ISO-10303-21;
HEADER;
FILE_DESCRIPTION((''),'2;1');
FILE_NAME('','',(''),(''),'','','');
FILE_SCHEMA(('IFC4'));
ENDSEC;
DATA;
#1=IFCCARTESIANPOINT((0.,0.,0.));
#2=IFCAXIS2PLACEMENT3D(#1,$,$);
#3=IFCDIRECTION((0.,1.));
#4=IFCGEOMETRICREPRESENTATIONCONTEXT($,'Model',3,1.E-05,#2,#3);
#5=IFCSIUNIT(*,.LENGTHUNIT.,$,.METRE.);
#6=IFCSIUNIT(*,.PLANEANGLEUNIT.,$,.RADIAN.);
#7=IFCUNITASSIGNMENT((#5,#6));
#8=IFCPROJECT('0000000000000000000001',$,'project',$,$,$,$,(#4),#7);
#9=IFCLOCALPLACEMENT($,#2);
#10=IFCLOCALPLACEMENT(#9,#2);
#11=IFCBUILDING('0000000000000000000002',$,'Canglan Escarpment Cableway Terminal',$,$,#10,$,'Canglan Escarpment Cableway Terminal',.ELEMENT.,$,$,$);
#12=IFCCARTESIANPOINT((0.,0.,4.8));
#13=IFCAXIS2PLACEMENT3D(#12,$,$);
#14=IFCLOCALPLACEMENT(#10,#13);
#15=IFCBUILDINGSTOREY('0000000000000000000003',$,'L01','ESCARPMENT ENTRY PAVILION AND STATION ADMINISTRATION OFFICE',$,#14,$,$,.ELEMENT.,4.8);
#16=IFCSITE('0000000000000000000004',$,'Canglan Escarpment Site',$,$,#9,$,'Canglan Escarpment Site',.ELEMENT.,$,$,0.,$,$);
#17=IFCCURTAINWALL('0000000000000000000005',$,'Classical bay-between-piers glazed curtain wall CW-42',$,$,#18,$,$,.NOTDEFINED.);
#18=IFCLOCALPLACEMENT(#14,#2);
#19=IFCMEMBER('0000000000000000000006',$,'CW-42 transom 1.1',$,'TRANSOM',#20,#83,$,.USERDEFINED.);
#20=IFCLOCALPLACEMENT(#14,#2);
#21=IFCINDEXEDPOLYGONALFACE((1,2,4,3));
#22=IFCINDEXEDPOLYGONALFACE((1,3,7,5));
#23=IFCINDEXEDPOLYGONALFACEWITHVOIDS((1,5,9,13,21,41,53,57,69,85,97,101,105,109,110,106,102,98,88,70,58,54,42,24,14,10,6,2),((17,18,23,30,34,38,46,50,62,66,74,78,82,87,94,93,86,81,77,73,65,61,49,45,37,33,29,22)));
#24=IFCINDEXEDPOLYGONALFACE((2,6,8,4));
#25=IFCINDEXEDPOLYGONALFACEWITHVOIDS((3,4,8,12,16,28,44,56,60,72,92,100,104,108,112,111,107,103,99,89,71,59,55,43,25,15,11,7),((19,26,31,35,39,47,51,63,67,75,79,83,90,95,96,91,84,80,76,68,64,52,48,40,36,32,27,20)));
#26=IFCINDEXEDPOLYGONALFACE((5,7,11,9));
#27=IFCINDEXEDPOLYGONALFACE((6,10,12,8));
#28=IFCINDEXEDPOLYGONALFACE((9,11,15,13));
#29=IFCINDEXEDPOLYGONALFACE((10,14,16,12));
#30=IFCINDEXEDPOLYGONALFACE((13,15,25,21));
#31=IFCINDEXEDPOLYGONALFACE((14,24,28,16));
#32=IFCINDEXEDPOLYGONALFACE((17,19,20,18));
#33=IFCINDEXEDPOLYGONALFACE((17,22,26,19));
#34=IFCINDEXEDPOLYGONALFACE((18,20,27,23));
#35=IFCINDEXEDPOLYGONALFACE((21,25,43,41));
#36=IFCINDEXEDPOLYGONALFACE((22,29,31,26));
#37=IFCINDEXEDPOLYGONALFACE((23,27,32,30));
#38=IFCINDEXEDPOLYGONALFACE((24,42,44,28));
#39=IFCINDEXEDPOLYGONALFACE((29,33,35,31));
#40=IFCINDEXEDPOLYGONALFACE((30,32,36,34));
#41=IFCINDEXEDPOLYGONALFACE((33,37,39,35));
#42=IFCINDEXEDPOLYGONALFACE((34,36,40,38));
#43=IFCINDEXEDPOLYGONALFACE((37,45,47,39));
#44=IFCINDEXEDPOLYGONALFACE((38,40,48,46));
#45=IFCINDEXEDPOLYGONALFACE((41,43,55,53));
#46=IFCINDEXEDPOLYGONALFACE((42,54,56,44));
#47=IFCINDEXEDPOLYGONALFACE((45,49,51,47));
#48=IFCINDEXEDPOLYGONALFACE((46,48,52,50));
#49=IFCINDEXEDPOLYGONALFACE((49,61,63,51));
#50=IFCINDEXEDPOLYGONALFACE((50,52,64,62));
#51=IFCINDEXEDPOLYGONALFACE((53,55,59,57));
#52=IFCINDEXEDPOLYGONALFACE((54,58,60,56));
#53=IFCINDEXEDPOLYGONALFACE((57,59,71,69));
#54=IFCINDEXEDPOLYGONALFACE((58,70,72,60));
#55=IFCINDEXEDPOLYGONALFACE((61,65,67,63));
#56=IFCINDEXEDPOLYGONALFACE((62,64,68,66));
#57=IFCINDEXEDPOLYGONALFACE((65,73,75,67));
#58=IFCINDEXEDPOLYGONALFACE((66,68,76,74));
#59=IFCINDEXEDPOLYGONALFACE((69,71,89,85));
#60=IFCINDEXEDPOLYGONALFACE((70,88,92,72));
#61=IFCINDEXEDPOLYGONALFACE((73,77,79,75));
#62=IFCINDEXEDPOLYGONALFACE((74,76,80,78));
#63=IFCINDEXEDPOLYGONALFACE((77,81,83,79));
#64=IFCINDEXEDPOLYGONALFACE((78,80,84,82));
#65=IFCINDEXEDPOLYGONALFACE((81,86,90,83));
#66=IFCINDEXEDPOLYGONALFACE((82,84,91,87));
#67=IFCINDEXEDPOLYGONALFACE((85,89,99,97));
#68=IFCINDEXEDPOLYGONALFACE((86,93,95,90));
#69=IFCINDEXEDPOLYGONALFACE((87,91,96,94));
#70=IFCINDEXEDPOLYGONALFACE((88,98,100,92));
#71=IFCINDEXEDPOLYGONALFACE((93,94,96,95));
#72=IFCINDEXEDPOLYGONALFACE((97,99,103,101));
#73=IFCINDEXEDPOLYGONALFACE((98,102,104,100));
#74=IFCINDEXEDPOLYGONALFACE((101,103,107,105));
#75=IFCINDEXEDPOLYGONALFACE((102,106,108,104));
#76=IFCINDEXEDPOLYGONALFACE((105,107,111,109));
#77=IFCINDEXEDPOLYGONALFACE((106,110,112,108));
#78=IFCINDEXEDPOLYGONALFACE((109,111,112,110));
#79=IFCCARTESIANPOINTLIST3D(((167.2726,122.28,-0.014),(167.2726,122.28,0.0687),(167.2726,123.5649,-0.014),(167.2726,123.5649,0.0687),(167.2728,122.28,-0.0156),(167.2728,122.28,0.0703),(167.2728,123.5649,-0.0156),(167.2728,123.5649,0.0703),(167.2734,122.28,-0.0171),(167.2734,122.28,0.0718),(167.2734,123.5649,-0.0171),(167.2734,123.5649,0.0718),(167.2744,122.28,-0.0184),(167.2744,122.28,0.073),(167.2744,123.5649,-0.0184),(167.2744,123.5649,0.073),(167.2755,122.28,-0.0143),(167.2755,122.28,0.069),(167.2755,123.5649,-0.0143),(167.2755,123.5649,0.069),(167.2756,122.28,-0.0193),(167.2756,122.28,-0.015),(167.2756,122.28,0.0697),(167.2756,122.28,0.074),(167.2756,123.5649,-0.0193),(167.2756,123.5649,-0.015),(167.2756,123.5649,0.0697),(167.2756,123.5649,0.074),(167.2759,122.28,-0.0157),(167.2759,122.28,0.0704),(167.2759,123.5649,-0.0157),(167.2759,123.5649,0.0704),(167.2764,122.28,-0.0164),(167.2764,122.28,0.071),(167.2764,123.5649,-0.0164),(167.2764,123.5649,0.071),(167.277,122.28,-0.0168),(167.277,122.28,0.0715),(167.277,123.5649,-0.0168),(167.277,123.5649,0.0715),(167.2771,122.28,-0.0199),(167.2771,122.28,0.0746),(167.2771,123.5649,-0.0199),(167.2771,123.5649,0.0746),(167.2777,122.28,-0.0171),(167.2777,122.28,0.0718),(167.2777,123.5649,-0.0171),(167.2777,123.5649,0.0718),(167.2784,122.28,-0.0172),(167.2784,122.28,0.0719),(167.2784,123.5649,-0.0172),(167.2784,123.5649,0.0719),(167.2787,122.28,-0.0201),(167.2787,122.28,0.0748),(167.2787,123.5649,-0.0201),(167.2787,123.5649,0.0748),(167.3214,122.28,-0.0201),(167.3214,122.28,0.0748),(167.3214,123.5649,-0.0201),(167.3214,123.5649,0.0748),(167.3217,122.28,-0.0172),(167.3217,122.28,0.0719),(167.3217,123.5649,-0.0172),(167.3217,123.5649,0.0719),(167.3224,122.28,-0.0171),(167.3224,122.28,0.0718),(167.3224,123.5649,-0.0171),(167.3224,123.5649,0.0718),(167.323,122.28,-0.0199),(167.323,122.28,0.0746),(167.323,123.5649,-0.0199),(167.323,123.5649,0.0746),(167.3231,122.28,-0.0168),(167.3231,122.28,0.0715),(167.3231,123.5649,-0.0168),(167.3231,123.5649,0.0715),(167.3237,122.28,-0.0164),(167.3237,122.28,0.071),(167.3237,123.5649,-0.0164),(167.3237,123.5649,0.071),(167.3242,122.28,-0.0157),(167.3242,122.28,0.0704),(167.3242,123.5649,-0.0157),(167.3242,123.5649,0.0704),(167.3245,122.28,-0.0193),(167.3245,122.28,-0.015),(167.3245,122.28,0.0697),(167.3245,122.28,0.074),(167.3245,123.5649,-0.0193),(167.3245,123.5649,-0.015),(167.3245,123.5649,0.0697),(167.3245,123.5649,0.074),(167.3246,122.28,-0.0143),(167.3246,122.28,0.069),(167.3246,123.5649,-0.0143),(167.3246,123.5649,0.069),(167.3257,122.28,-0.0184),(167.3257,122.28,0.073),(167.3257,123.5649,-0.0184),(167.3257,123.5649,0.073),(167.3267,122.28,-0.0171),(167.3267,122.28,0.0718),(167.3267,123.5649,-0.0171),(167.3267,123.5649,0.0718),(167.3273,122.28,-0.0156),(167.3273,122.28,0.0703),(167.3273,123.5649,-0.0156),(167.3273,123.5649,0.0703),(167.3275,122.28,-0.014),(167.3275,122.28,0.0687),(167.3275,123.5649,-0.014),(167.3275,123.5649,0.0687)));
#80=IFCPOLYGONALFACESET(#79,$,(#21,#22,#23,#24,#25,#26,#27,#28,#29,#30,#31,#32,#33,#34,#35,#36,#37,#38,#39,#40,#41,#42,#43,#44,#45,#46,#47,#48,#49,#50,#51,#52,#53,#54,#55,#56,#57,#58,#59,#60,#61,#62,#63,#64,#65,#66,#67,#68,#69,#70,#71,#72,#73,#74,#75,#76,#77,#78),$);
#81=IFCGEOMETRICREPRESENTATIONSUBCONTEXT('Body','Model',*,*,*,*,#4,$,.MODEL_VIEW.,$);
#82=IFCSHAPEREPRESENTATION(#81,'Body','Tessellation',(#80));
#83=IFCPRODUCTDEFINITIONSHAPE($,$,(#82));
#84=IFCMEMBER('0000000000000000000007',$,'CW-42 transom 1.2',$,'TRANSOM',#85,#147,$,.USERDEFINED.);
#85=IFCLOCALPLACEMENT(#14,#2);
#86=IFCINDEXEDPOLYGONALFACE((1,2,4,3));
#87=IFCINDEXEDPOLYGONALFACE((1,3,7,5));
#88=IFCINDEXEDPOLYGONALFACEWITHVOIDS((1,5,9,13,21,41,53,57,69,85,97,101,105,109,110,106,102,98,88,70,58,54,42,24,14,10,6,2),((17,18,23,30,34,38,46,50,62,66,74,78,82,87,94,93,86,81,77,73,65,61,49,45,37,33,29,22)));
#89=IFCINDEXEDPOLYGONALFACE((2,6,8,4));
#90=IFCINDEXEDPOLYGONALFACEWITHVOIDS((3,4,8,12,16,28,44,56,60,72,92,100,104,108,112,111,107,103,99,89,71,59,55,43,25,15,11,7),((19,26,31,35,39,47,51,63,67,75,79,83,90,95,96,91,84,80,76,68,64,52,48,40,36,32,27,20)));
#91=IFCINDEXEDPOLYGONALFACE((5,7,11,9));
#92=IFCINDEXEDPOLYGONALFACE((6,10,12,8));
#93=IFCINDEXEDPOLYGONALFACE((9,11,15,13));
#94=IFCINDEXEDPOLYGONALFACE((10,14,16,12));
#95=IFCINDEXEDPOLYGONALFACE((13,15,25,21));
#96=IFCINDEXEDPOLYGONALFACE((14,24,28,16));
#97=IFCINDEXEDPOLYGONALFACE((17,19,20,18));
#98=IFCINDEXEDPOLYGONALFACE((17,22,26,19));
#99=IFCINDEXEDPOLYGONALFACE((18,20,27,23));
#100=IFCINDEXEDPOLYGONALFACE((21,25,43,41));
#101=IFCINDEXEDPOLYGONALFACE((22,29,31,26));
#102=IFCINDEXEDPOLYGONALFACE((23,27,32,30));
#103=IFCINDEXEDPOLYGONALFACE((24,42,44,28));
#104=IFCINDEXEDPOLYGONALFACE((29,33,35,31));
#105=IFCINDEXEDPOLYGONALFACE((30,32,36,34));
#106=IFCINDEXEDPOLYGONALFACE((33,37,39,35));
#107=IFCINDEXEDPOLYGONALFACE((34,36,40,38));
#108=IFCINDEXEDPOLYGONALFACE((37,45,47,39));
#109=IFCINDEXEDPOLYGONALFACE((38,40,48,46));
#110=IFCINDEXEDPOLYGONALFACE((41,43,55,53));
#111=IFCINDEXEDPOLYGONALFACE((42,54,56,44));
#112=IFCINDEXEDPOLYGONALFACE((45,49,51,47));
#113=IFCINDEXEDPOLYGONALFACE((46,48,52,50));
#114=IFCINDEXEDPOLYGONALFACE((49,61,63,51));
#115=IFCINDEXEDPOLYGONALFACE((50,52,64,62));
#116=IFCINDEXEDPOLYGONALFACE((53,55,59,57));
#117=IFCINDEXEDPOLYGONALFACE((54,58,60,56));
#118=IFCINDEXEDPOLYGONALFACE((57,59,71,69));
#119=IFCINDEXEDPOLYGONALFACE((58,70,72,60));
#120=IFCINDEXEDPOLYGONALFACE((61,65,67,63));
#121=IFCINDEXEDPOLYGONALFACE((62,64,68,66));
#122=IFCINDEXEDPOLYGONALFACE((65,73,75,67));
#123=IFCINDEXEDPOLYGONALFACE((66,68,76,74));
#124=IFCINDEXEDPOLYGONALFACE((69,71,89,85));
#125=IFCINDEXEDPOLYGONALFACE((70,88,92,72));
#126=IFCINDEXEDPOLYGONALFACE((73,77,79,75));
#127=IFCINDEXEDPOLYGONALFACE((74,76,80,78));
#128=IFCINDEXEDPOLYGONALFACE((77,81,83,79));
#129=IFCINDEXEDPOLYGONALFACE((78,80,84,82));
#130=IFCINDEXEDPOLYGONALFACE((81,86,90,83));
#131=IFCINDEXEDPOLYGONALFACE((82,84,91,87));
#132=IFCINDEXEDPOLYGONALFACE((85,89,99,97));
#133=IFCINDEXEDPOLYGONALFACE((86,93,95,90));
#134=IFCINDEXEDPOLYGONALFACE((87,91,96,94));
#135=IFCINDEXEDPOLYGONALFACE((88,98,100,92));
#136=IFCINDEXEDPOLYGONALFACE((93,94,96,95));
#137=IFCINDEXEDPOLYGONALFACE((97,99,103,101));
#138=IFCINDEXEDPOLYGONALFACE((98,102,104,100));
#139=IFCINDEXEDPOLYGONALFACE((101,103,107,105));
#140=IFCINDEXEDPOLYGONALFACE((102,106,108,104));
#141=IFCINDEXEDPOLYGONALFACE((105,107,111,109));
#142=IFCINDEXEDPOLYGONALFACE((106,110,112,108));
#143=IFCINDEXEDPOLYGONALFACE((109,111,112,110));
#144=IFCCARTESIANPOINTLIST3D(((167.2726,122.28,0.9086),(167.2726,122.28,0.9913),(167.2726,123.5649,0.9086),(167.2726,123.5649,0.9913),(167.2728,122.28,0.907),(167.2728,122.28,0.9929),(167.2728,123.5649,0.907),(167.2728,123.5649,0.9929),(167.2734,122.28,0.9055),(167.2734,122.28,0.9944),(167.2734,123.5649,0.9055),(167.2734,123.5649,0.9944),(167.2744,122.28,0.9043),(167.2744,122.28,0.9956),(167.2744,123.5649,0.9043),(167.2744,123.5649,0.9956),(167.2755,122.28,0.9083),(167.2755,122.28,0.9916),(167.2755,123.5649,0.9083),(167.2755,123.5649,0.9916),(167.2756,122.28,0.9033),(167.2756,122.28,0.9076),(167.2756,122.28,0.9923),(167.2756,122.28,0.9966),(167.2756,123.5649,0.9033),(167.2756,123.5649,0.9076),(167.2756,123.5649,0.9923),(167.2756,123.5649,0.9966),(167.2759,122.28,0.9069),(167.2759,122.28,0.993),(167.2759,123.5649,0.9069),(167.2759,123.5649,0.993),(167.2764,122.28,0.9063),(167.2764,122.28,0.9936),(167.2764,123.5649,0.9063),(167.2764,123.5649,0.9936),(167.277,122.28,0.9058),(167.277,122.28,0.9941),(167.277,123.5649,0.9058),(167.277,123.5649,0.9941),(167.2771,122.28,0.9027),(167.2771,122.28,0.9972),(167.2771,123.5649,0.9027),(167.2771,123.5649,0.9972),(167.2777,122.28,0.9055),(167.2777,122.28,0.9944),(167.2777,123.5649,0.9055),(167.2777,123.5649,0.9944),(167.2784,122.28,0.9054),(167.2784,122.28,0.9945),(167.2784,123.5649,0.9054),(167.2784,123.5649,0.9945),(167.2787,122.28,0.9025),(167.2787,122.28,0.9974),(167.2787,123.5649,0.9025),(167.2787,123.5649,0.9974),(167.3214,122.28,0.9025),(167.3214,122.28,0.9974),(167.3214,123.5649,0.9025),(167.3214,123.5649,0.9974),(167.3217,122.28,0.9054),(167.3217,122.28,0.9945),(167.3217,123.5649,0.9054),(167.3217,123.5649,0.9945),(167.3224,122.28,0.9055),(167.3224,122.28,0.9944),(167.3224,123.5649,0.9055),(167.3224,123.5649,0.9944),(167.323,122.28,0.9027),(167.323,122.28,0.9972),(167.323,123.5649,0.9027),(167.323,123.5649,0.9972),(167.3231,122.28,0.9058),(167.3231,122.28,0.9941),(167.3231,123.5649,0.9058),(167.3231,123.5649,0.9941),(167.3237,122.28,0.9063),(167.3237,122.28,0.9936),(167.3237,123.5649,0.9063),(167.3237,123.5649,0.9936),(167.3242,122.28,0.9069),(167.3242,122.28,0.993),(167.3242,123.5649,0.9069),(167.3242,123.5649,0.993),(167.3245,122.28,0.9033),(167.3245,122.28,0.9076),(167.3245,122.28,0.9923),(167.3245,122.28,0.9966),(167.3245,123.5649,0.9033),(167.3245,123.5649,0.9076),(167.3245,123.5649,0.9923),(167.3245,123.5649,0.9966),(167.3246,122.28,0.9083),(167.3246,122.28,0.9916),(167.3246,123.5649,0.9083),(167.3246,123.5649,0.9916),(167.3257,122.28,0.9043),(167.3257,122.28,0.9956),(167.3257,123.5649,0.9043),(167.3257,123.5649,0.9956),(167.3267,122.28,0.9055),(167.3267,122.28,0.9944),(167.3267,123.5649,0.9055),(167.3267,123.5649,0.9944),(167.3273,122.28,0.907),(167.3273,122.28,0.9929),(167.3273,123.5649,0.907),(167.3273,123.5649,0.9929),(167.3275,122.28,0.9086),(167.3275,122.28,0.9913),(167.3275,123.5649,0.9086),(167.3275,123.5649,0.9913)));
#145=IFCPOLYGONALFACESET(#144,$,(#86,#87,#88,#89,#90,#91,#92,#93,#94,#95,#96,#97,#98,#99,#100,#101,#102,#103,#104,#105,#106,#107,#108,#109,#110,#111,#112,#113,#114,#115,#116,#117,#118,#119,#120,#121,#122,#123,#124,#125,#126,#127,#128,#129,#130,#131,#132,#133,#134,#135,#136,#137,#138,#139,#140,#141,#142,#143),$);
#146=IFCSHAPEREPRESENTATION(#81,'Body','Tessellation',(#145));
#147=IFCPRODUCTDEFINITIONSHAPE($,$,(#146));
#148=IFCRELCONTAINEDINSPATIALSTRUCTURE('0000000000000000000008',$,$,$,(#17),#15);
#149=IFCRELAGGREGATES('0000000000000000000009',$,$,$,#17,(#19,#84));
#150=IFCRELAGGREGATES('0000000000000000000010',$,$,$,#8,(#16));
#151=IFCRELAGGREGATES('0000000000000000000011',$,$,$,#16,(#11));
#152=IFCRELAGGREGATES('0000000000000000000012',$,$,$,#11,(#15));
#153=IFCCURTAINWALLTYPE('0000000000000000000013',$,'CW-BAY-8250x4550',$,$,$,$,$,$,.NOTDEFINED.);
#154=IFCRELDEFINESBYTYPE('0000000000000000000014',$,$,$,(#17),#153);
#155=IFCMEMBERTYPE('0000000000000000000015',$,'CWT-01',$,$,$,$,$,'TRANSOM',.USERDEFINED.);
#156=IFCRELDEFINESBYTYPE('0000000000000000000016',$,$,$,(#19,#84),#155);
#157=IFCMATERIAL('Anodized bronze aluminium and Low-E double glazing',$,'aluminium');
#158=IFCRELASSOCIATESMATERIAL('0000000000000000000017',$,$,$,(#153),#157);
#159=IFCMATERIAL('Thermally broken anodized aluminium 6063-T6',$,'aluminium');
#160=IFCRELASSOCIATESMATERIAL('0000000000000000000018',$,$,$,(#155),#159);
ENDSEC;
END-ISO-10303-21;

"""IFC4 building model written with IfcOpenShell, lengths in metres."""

from ifc_helpers import new_model, si_unit, direction, frame, origin, origin_2d, place, context, subcontext, project, spatial, hollow_rectangle, extrude, material, material_profile, profile_set, type_object, element, aggregate, save


model = new_model("IFC4")

# Units and contexts
model_context = context("Model", 3, precision=1e-05, world=origin(), true_north=direction((0.0, 1.0)))
body_context = subcontext(model_context, "Body", "Model", "MODEL_VIEW")
ifc_project = project(units=[si_unit("LENGTHUNIT", "METRE"), si_unit("PLANEANGLEUNIT", "RADIAN")], contexts=[model_context])

# Site, building, storey
site_placement = place(None, origin())
site = spatial("IfcSite", under=ifc_project, at=site_placement, Name="Canglan Escarpment Site", LongName="Canglan Escarpment Site", CompositionType="ELEMENT", RefElevation=0.0)
building_placement = place(site_placement, origin())
building = spatial("IfcBuilding", under=site, at=building_placement, Name="Canglan Escarpment Cableway Terminal", LongName="Canglan Escarpment Cableway Terminal", CompositionType="ELEMENT")
storey_placement = place(building_placement, frame((0.0, 0.0, 4.8)))
storey = spatial("IfcBuildingStorey", under=building, at=storey_placement, Name="L01", Description="ESCARPMENT ENTRY PAVILION AND STATION ADMINISTRATION OFFICE", CompositionType="ELEMENT", Elevation=4.8)

# Curtain wall, members
ifc_material_1 = material(Name="Anodized bronze aluminium and Low-E double glazing", Category="aluminium")
curtain_wall_type = type_object("IfcCurtainWallType", Name="CW-BAY-8250x4550", PredefinedType="NOTDEFINED", material=ifc_material_1)
curtain_wall_placement = place(storey_placement, origin())
curtain_wall = element("IfcCurtainWall", 1, at=curtain_wall_placement, inside=storey, type_object=curtain_wall_type, Name="Classical bay-between-piers glazed curtain wall CW-42", PredefinedType="NOTDEFINED")
ifc_material_2 = material(Name="Thermally broken anodized aluminium 6063-T6", Category="aluminium")
ifc_material_profile_1 = material_profile(ifc_material_2, hollow_rectangle(XDim=0.0549, YDim=0.095, WallThickness=0.0029, InnerFilletRadius=0.0029, OuterFilletRadius=0.0061, at=origin_2d()), Name="ALU-TRAN 55x95x3")
ifc_profile_set_1 = profile_set([ifc_material_profile_1], Name="Thermally broken anodized aluminium 6063-T6")
member_type_1 = type_object("IfcMemberType", Name="CWT-01", ElementType="TRANSOM", PredefinedType="USERDEFINED", material=ifc_profile_set_1)
member_1_placement = place(storey_placement, frame((167.3, 123.5649, 0.0273), z_axis=(0.0, -1.0, 0.0), x_axis=(1.0, 0.0, 0.0)))
member_1 = element("IfcMember", 2, at=member_1_placement, type_object=member_type_1, Name="CW-42 transom 1.1", ObjectType="TRANSOM", PredefinedType="USERDEFINED", context=body_context, shape_type="SweptSolid", body=[
    extrude(hollow_rectangle(XDim=0.0549, YDim=0.095, WallThickness=0.0029, InnerFilletRadius=0.0029, OuterFilletRadius=0.0061, at=origin_2d()), origin(), (0.0, 0.0, 1.0), 1.2849),
])
member_2_placement = place(storey_placement, frame((167.3, 123.5649, 0.95), z_axis=(0.0, -1.0, 0.0), x_axis=(1.0, 0.0, 0.0)))
member_2 = element("IfcMember", 3, at=member_2_placement, type_object=member_type_1, Name="CW-42 transom 1.2", ObjectType="TRANSOM", PredefinedType="USERDEFINED", context=body_context, shape_type="SweptSolid", body=[
    extrude(hollow_rectangle(XDim=0.0549, YDim=0.095, WallThickness=0.0029, InnerFilletRadius=0.0029, OuterFilletRadius=0.0061, at=origin_2d()), origin(), (0.0, 0.0, 1.0), 1.2849),
])

aggregate(curtain_wall, [member_1, member_2])

save(model, "model.ifc")
